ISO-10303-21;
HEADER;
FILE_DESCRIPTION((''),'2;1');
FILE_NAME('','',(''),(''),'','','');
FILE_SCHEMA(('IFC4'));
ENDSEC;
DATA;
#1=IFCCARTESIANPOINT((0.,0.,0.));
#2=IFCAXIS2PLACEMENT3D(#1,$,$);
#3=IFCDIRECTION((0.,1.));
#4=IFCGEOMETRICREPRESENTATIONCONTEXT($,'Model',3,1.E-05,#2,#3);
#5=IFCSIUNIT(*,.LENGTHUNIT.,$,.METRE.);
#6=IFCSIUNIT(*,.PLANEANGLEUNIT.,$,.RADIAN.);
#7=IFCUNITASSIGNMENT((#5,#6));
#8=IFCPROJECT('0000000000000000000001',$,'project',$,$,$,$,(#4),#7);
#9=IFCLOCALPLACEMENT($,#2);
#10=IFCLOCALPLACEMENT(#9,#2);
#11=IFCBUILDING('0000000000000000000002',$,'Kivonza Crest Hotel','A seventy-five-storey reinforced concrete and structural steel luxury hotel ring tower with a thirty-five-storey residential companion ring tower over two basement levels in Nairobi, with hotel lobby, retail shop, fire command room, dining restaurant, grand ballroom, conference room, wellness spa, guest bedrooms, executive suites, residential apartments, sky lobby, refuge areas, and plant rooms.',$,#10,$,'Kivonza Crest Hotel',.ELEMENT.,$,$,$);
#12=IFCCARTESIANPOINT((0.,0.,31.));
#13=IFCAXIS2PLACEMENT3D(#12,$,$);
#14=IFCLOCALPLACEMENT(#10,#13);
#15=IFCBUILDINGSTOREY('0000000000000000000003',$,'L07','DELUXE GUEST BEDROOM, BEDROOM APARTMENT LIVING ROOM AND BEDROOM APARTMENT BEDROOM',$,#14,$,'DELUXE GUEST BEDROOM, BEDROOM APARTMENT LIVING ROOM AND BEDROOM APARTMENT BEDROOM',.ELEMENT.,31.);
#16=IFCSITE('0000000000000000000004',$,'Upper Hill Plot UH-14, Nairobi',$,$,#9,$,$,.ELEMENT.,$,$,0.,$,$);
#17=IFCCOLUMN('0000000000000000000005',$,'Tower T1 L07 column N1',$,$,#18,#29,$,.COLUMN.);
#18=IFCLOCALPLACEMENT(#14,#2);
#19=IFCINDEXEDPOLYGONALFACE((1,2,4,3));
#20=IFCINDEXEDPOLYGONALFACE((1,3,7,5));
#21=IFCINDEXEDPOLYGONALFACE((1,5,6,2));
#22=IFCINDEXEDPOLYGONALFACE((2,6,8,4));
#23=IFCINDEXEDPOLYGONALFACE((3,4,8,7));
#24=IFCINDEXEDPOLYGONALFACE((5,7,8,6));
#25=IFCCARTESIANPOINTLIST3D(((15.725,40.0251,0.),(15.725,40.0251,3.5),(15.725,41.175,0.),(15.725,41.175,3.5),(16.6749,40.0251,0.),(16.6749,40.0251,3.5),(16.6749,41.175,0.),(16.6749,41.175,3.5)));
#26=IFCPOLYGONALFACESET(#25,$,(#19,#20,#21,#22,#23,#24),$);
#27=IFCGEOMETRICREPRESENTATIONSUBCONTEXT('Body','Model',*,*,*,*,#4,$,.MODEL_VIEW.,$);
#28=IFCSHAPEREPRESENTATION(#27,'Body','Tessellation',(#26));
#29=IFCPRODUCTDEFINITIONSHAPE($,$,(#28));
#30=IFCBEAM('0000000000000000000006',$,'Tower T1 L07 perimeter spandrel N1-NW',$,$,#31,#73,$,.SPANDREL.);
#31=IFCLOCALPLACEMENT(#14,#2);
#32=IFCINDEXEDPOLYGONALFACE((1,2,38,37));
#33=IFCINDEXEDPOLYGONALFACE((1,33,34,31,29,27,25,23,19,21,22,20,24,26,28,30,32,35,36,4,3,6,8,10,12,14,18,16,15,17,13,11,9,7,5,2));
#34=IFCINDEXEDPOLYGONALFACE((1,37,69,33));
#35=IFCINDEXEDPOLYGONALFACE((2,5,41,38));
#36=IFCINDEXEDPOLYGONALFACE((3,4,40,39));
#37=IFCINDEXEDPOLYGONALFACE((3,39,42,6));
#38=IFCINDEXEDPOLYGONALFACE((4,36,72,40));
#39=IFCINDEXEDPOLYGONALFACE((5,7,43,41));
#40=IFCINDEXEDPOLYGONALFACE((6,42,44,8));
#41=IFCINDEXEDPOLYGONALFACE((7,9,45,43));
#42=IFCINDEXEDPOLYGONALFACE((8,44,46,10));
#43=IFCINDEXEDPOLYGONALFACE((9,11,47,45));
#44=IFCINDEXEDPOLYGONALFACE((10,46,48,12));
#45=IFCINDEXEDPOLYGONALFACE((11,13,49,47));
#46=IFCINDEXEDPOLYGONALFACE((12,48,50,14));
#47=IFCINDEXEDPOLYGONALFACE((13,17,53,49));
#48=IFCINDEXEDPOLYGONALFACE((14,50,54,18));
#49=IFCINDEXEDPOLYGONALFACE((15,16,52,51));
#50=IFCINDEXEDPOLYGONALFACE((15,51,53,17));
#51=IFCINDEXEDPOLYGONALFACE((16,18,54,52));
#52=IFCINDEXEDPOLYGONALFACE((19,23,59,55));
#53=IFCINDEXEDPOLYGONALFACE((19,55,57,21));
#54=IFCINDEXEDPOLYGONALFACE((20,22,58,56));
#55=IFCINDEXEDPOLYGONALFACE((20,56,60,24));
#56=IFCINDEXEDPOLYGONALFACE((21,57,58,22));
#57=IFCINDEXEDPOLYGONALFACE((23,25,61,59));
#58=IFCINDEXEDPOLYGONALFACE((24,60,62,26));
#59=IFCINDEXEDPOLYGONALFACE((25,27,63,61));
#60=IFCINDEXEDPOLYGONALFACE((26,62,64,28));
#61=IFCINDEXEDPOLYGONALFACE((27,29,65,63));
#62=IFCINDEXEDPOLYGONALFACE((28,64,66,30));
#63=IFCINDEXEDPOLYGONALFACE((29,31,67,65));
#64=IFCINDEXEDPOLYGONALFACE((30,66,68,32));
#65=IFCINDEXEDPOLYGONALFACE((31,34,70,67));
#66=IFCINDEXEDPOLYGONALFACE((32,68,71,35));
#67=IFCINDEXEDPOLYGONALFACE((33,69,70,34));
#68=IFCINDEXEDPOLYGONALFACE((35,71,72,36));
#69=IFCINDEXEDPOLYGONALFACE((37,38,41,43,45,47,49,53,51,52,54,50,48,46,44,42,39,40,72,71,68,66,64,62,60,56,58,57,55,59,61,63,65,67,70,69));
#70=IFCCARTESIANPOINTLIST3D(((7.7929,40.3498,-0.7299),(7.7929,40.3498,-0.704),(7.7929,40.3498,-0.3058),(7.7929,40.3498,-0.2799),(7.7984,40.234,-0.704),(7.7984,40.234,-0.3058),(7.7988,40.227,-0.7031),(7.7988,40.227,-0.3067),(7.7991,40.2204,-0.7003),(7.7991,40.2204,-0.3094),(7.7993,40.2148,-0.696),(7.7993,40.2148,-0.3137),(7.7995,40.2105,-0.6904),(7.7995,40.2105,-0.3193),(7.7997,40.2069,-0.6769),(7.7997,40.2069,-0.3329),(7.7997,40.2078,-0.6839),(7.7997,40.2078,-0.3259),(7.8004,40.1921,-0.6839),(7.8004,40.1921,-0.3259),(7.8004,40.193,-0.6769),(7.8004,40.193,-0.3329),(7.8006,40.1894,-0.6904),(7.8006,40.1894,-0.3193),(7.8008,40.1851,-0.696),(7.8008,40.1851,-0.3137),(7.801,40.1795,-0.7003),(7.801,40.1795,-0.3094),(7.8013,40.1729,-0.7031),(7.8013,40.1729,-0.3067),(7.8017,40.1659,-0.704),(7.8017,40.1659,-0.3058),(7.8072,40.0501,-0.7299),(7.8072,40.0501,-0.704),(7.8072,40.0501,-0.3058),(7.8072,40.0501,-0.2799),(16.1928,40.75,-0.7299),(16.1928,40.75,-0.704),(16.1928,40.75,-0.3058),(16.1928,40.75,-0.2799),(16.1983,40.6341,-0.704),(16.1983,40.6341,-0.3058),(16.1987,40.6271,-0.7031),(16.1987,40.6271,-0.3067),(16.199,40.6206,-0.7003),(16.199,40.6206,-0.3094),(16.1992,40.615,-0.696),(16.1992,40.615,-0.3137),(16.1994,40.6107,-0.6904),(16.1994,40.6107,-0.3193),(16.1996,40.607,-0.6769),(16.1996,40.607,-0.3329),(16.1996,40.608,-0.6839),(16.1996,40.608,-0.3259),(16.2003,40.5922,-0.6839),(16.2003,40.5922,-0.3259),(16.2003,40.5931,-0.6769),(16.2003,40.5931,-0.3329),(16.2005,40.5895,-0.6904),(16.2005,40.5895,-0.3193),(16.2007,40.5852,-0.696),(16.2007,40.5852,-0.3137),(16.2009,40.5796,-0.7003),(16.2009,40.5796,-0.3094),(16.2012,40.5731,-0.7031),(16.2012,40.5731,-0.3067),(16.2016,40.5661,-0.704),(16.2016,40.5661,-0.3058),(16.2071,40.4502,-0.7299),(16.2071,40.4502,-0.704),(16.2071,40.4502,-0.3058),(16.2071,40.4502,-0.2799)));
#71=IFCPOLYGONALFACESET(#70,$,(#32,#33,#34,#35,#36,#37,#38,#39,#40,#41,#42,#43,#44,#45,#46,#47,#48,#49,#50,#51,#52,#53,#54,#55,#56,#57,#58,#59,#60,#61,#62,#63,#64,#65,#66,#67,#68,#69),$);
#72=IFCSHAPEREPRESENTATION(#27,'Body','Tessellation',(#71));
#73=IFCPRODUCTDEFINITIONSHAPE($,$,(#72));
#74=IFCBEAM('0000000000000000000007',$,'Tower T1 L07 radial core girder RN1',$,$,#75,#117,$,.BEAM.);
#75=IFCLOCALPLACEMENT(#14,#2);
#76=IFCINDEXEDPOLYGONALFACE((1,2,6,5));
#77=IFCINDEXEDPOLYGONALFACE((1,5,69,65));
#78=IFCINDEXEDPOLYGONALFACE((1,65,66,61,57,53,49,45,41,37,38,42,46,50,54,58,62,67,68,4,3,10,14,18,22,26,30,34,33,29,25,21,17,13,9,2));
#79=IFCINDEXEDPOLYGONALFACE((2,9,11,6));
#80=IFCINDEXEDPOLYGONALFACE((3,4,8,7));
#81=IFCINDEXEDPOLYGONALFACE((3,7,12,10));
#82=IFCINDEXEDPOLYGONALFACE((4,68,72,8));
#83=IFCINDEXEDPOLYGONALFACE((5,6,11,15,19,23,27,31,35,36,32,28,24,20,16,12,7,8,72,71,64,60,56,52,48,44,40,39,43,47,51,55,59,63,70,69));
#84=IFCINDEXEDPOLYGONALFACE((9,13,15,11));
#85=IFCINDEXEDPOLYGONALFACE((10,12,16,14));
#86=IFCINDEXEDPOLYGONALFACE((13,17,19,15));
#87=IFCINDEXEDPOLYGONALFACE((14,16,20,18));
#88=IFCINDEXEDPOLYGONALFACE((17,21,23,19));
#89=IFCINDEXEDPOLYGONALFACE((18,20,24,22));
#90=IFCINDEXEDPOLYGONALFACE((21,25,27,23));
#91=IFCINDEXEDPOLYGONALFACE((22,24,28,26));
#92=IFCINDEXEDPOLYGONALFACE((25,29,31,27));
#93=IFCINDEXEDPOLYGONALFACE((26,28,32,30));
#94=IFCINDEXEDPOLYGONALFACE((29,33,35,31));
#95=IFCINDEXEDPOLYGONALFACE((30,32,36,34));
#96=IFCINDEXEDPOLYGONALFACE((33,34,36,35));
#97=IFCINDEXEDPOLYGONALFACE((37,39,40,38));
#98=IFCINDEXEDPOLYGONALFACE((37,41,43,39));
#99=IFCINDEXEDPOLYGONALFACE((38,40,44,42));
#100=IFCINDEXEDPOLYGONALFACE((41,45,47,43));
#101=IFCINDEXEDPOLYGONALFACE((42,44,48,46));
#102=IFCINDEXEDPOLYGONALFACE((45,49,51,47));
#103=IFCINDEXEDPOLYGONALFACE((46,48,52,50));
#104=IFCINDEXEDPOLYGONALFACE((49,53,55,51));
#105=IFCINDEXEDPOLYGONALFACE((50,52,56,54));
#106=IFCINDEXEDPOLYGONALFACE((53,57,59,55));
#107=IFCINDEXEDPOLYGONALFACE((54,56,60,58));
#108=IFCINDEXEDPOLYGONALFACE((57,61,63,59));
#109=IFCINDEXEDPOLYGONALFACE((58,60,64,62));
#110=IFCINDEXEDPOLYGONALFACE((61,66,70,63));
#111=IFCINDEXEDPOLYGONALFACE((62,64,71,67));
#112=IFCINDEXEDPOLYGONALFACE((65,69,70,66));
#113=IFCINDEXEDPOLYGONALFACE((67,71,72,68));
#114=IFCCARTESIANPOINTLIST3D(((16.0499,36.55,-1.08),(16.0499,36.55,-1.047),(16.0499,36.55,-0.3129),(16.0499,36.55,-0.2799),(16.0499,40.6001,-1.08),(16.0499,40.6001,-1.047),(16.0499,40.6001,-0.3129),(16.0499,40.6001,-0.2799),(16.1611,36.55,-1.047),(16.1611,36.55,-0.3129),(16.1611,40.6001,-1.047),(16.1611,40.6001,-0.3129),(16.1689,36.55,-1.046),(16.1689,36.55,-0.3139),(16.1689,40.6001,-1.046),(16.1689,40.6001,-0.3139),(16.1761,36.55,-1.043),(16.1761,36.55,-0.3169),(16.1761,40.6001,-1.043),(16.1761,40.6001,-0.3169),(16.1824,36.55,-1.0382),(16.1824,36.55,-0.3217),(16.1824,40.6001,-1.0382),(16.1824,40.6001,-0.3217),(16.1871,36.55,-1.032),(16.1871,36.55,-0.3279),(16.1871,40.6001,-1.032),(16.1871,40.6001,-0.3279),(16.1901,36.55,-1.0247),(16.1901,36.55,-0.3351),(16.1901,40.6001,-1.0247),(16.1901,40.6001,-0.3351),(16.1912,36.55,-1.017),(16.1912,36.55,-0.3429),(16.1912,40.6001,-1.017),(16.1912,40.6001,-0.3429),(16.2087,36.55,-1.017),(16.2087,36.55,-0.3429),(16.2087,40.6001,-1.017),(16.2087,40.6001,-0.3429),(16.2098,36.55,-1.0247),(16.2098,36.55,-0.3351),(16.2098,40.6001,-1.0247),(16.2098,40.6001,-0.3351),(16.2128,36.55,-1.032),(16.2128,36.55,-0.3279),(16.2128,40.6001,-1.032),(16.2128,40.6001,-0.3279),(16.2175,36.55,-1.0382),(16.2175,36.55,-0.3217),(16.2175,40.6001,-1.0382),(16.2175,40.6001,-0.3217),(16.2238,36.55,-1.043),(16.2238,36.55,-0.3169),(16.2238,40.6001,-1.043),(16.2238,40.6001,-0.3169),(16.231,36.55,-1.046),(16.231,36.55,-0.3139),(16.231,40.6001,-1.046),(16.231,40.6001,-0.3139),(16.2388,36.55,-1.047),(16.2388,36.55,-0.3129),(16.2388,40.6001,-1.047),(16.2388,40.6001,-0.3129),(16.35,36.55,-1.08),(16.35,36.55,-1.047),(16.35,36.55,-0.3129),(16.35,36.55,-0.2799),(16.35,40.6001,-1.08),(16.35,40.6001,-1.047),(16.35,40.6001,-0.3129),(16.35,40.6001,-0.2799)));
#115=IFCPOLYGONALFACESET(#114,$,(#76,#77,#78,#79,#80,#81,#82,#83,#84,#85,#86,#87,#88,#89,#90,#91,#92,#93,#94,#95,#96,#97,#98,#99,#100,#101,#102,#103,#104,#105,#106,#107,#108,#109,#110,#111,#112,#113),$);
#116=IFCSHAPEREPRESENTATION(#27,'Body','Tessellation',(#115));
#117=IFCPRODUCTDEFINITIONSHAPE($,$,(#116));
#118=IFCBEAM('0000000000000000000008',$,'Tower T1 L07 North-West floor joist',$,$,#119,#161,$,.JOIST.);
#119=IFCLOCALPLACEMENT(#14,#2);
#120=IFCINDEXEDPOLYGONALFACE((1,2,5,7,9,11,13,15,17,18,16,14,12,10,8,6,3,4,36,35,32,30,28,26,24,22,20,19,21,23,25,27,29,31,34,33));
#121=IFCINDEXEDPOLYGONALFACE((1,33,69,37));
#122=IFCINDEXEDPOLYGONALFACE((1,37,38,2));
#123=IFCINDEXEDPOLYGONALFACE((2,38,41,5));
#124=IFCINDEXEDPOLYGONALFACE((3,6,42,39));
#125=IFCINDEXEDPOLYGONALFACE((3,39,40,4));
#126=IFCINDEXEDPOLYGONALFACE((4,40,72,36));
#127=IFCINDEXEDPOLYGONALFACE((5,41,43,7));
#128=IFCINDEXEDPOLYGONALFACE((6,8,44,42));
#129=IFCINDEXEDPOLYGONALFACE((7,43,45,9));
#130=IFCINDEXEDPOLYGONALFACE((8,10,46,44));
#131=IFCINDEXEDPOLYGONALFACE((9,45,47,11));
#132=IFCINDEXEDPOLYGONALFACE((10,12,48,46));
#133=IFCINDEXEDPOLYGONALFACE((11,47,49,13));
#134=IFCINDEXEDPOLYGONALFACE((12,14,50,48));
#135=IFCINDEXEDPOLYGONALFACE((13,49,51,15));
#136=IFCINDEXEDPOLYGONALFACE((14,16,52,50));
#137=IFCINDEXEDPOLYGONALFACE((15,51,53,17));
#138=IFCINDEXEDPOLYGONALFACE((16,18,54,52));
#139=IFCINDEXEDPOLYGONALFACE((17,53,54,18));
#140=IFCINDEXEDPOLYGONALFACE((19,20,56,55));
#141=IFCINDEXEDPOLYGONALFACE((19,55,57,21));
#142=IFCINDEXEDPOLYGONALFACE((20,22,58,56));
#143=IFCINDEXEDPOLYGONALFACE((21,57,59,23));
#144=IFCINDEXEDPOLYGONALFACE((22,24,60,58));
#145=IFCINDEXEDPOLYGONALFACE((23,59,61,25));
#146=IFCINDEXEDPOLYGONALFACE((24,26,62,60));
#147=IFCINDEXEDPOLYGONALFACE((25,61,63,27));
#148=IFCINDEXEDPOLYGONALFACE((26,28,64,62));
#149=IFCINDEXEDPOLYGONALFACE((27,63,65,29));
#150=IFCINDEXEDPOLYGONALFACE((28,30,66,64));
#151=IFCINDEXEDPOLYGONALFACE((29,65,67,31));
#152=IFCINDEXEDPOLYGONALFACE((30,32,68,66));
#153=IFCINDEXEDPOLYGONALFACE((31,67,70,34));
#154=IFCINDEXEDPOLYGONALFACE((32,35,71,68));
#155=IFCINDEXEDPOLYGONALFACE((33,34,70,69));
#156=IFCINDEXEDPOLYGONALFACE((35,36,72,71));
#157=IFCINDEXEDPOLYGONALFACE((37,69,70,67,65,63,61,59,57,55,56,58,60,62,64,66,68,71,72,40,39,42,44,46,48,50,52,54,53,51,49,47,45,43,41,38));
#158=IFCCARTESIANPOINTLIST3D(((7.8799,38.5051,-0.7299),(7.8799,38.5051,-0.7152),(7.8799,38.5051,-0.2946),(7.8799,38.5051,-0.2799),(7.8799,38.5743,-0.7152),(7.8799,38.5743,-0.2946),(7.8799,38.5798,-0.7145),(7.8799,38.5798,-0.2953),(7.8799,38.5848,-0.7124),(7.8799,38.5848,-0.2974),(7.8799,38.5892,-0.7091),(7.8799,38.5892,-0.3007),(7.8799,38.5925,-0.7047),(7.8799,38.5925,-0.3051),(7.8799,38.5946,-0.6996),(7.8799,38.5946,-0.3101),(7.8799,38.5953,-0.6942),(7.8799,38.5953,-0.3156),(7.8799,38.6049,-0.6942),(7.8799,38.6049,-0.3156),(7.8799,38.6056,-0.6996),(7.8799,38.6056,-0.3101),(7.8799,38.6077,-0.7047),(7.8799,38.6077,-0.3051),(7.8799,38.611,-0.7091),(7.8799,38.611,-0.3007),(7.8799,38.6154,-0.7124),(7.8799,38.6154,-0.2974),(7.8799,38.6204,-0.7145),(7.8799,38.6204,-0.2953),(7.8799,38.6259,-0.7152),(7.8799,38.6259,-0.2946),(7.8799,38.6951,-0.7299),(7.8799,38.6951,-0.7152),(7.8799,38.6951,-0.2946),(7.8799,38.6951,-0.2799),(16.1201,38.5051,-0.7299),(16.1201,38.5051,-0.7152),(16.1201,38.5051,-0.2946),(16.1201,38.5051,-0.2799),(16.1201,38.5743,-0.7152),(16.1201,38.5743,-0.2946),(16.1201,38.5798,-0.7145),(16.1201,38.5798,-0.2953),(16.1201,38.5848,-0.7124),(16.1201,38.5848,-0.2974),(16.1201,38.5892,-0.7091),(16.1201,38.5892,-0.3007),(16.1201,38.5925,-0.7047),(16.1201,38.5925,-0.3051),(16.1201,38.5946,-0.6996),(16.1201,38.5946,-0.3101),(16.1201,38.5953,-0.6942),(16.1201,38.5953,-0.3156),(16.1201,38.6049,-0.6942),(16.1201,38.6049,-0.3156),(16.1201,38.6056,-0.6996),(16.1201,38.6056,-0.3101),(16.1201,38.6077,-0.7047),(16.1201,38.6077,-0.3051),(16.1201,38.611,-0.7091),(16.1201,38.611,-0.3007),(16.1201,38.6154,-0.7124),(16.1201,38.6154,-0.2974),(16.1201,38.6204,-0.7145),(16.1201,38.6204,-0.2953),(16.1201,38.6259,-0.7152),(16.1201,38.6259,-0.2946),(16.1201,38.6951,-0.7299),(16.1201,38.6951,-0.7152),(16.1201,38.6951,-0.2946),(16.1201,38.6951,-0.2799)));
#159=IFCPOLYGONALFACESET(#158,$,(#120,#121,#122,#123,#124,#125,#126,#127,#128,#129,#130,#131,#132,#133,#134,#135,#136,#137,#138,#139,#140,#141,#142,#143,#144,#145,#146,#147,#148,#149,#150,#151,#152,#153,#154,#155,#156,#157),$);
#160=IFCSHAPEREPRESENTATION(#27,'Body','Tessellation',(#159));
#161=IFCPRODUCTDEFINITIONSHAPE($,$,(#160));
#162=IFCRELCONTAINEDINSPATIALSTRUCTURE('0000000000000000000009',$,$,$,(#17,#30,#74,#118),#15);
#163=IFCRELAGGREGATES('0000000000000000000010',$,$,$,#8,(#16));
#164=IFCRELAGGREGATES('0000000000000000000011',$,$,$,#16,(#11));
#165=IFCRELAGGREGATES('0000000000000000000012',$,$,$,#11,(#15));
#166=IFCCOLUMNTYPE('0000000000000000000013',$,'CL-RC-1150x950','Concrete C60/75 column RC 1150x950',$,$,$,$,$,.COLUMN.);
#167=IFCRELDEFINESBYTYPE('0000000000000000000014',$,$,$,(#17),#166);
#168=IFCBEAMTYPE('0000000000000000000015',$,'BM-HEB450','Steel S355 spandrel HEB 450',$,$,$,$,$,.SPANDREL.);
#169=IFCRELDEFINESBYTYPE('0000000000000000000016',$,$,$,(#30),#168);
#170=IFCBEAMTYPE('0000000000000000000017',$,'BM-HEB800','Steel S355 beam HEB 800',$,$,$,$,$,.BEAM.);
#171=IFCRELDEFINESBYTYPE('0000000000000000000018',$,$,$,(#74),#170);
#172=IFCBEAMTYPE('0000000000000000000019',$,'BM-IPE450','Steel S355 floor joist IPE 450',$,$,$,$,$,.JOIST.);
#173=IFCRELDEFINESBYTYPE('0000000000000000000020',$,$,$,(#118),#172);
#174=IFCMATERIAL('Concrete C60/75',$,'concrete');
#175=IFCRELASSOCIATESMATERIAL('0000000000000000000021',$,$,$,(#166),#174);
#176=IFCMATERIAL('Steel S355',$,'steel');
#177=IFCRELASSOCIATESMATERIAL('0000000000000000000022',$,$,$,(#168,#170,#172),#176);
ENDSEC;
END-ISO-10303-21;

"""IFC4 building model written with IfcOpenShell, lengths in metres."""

from ifc_helpers import new_model, si_unit, direction, frame, origin, origin_2d, place, context, subcontext, project, spatial, rectangle, i_section, extrude, material, material_profile, profile_set, type_object, element, save


model = new_model("IFC4")

# Units and contexts
model_context = context("Model", 3, precision=1e-05, world=origin(), true_north=direction((0.0, 1.0)))
body_context = subcontext(model_context, "Body", "Model", "MODEL_VIEW")
ifc_project = project(units=[si_unit("LENGTHUNIT", "METRE"), si_unit("PLANEANGLEUNIT", "RADIAN")], contexts=[model_context])

# Site, building, storey
site_placement = place(None, origin())
site = spatial("IfcSite", under=ifc_project, at=site_placement, Name="Upper Hill Plot UH-14, Nairobi", CompositionType="ELEMENT", RefElevation=0.0)
building_placement = place(site_placement, origin())
building = spatial("IfcBuilding", under=site, at=building_placement, Name="Kivonza Crest Hotel", Description="A seventy-five-storey reinforced concrete and structural steel luxury hotel ring tower with a thirty-five-storey residential companion ring tower over two basement levels in Nairobi, with hotel lobby, retail shop, fire command room, dining restaurant, grand ballroom, conference room, wellness spa, guest bedrooms, executive suites, residential apartments, sky lobby, refuge areas, and plant rooms.", LongName="Kivonza Crest Hotel", CompositionType="ELEMENT")
storey_placement = place(building_placement, frame((0.0, 0.0, 31.0)))
storey = spatial("IfcBuildingStorey", under=building, at=storey_placement, Name="L07", Description="DELUXE GUEST BEDROOM, BEDROOM APARTMENT LIVING ROOM AND BEDROOM APARTMENT BEDROOM", LongName="DELUXE GUEST BEDROOM, BEDROOM APARTMENT LIVING ROOM AND BEDROOM APARTMENT BEDROOM", CompositionType="ELEMENT", Elevation=31.0)

# Column
ifc_material_1 = material(Name="Concrete C60/75", Category="concrete")
ifc_material_profile_1 = material_profile(ifc_material_1, rectangle(XDim=0.95, YDim=1.1499, at=origin_2d()), Name="RC 1150x950")
ifc_profile_set_1 = profile_set([ifc_material_profile_1], Name="Concrete C60/75")
column_type = type_object("IfcColumnType", Name="CL-RC-1150x950", Description="Concrete C60/75 column RC 1150x950", PredefinedType="COLUMN", material=ifc_profile_set_1)
column_placement = place(storey_placement, frame((16.2, 40.6001, 0.0), z_axis=(0.0, 0.0, 1.0), x_axis=(1.0, 0.0, 0.0)))
element("IfcColumn", 1, at=column_placement, inside=storey, type_object=column_type, Name="Tower T1 L07 column N1", PredefinedType="COLUMN", context=body_context, shape_type="SweptSolid", body=[
    extrude(rectangle(XDim=0.95, YDim=1.1499, at=origin_2d()), origin(), (0.0, 0.0, 1.0), 3.5),
])

# Beams
ifc_material_2 = material(Name="Steel S355", Category="steel")
ifc_material_profile_2 = material_profile(ifc_material_2, i_section(OverallWidth=0.3, OverallDepth=0.45, WebThickness=0.0139, FlangeThickness=0.0259, FilletRadius=0.0271, at=origin_2d()), Name="HEB 450")
ifc_profile_set_2 = profile_set([ifc_material_profile_2], Name="Steel S355")
beam_type_1 = type_object("IfcBeamType", Name="BM-HEB450", Description="Steel S355 spandrel HEB 450", PredefinedType="SPANDREL", material=ifc_profile_set_2)
beam_1_placement = place(storey_placement, frame((16.2, 40.6001, -0.5049), z_axis=(-0.998867, -0.047583, 0.0), x_axis=(0.047583, -0.998867, 0.0)))
element("IfcBeam", 2, at=beam_1_placement, inside=storey, type_object=beam_type_1, Name="Tower T1 L07 perimeter spandrel N1-NW", PredefinedType="SPANDREL", context=body_context, shape_type="SweptSolid", body=[
    extrude(i_section(OverallWidth=0.3, OverallDepth=0.45, WebThickness=0.0139, FlangeThickness=0.0259, FilletRadius=0.0271, at=origin_2d()), origin(), (0.0, 0.0, 1.0), 8.4094),
])
ifc_material_profile_3 = material_profile(ifc_material_2, i_section(OverallWidth=0.3, OverallDepth=0.8, WebThickness=0.0176, FlangeThickness=0.033, FilletRadius=0.03, at=origin_2d()), Name="HEB 800")
ifc_profile_set_3 = profile_set([ifc_material_profile_3], Name="Steel S355")
beam_type_2 = type_object("IfcBeamType", Name="BM-HEB800", Description="Steel S355 beam HEB 800", PredefinedType="BEAM", material=ifc_profile_set_3)
beam_2_placement = place(storey_placement, frame((16.2, 40.6001, -0.6799), z_axis=(0.0, -1.0, 0.0), x_axis=(1.0, 0.0, 0.0)))
element("IfcBeam", 3, at=beam_2_placement, inside=storey, type_object=beam_type_2, Name="Tower T1 L07 radial core girder RN1", PredefinedType="BEAM", context=body_context, shape_type="SweptSolid", body=[
    extrude(i_section(OverallWidth=0.3, OverallDepth=0.8, WebThickness=0.0176, FlangeThickness=0.033, FilletRadius=0.03, at=origin_2d()), origin(), (0.0, 0.0, 1.0), 4.05),
])
ifc_material_profile_4 = material_profile(ifc_material_2, i_section(OverallWidth=0.1899, OverallDepth=0.45, WebThickness=0.0095, FlangeThickness=0.0146, FilletRadius=0.021, at=origin_2d()), Name="IPE 450")
ifc_profile_set_4 = profile_set([ifc_material_profile_4], Name="Steel S355")
beam_type_3 = type_object("IfcBeamType", Name="BM-IPE450", Description="Steel S355 floor joist IPE 450", PredefinedType="JOIST", material=ifc_profile_set_4)
beam_3_placement = place(storey_placement, frame((7.8799, 38.6001, -0.5049), z_axis=(1.0, 0.0, 0.0), x_axis=(0.0, 1.0, 0.0)))
element("IfcBeam", 4, at=beam_3_placement, inside=storey, type_object=beam_type_3, Name="Tower T1 L07 North-West floor joist", PredefinedType="JOIST", context=body_context, shape_type="SweptSolid", body=[
    extrude(i_section(OverallWidth=0.1899, OverallDepth=0.45, WebThickness=0.0095, FlangeThickness=0.0146, FilletRadius=0.021, at=origin_2d()), origin(), (0.0, 0.0, 1.0), 8.2402),
])

save(model, "model.ifc")
